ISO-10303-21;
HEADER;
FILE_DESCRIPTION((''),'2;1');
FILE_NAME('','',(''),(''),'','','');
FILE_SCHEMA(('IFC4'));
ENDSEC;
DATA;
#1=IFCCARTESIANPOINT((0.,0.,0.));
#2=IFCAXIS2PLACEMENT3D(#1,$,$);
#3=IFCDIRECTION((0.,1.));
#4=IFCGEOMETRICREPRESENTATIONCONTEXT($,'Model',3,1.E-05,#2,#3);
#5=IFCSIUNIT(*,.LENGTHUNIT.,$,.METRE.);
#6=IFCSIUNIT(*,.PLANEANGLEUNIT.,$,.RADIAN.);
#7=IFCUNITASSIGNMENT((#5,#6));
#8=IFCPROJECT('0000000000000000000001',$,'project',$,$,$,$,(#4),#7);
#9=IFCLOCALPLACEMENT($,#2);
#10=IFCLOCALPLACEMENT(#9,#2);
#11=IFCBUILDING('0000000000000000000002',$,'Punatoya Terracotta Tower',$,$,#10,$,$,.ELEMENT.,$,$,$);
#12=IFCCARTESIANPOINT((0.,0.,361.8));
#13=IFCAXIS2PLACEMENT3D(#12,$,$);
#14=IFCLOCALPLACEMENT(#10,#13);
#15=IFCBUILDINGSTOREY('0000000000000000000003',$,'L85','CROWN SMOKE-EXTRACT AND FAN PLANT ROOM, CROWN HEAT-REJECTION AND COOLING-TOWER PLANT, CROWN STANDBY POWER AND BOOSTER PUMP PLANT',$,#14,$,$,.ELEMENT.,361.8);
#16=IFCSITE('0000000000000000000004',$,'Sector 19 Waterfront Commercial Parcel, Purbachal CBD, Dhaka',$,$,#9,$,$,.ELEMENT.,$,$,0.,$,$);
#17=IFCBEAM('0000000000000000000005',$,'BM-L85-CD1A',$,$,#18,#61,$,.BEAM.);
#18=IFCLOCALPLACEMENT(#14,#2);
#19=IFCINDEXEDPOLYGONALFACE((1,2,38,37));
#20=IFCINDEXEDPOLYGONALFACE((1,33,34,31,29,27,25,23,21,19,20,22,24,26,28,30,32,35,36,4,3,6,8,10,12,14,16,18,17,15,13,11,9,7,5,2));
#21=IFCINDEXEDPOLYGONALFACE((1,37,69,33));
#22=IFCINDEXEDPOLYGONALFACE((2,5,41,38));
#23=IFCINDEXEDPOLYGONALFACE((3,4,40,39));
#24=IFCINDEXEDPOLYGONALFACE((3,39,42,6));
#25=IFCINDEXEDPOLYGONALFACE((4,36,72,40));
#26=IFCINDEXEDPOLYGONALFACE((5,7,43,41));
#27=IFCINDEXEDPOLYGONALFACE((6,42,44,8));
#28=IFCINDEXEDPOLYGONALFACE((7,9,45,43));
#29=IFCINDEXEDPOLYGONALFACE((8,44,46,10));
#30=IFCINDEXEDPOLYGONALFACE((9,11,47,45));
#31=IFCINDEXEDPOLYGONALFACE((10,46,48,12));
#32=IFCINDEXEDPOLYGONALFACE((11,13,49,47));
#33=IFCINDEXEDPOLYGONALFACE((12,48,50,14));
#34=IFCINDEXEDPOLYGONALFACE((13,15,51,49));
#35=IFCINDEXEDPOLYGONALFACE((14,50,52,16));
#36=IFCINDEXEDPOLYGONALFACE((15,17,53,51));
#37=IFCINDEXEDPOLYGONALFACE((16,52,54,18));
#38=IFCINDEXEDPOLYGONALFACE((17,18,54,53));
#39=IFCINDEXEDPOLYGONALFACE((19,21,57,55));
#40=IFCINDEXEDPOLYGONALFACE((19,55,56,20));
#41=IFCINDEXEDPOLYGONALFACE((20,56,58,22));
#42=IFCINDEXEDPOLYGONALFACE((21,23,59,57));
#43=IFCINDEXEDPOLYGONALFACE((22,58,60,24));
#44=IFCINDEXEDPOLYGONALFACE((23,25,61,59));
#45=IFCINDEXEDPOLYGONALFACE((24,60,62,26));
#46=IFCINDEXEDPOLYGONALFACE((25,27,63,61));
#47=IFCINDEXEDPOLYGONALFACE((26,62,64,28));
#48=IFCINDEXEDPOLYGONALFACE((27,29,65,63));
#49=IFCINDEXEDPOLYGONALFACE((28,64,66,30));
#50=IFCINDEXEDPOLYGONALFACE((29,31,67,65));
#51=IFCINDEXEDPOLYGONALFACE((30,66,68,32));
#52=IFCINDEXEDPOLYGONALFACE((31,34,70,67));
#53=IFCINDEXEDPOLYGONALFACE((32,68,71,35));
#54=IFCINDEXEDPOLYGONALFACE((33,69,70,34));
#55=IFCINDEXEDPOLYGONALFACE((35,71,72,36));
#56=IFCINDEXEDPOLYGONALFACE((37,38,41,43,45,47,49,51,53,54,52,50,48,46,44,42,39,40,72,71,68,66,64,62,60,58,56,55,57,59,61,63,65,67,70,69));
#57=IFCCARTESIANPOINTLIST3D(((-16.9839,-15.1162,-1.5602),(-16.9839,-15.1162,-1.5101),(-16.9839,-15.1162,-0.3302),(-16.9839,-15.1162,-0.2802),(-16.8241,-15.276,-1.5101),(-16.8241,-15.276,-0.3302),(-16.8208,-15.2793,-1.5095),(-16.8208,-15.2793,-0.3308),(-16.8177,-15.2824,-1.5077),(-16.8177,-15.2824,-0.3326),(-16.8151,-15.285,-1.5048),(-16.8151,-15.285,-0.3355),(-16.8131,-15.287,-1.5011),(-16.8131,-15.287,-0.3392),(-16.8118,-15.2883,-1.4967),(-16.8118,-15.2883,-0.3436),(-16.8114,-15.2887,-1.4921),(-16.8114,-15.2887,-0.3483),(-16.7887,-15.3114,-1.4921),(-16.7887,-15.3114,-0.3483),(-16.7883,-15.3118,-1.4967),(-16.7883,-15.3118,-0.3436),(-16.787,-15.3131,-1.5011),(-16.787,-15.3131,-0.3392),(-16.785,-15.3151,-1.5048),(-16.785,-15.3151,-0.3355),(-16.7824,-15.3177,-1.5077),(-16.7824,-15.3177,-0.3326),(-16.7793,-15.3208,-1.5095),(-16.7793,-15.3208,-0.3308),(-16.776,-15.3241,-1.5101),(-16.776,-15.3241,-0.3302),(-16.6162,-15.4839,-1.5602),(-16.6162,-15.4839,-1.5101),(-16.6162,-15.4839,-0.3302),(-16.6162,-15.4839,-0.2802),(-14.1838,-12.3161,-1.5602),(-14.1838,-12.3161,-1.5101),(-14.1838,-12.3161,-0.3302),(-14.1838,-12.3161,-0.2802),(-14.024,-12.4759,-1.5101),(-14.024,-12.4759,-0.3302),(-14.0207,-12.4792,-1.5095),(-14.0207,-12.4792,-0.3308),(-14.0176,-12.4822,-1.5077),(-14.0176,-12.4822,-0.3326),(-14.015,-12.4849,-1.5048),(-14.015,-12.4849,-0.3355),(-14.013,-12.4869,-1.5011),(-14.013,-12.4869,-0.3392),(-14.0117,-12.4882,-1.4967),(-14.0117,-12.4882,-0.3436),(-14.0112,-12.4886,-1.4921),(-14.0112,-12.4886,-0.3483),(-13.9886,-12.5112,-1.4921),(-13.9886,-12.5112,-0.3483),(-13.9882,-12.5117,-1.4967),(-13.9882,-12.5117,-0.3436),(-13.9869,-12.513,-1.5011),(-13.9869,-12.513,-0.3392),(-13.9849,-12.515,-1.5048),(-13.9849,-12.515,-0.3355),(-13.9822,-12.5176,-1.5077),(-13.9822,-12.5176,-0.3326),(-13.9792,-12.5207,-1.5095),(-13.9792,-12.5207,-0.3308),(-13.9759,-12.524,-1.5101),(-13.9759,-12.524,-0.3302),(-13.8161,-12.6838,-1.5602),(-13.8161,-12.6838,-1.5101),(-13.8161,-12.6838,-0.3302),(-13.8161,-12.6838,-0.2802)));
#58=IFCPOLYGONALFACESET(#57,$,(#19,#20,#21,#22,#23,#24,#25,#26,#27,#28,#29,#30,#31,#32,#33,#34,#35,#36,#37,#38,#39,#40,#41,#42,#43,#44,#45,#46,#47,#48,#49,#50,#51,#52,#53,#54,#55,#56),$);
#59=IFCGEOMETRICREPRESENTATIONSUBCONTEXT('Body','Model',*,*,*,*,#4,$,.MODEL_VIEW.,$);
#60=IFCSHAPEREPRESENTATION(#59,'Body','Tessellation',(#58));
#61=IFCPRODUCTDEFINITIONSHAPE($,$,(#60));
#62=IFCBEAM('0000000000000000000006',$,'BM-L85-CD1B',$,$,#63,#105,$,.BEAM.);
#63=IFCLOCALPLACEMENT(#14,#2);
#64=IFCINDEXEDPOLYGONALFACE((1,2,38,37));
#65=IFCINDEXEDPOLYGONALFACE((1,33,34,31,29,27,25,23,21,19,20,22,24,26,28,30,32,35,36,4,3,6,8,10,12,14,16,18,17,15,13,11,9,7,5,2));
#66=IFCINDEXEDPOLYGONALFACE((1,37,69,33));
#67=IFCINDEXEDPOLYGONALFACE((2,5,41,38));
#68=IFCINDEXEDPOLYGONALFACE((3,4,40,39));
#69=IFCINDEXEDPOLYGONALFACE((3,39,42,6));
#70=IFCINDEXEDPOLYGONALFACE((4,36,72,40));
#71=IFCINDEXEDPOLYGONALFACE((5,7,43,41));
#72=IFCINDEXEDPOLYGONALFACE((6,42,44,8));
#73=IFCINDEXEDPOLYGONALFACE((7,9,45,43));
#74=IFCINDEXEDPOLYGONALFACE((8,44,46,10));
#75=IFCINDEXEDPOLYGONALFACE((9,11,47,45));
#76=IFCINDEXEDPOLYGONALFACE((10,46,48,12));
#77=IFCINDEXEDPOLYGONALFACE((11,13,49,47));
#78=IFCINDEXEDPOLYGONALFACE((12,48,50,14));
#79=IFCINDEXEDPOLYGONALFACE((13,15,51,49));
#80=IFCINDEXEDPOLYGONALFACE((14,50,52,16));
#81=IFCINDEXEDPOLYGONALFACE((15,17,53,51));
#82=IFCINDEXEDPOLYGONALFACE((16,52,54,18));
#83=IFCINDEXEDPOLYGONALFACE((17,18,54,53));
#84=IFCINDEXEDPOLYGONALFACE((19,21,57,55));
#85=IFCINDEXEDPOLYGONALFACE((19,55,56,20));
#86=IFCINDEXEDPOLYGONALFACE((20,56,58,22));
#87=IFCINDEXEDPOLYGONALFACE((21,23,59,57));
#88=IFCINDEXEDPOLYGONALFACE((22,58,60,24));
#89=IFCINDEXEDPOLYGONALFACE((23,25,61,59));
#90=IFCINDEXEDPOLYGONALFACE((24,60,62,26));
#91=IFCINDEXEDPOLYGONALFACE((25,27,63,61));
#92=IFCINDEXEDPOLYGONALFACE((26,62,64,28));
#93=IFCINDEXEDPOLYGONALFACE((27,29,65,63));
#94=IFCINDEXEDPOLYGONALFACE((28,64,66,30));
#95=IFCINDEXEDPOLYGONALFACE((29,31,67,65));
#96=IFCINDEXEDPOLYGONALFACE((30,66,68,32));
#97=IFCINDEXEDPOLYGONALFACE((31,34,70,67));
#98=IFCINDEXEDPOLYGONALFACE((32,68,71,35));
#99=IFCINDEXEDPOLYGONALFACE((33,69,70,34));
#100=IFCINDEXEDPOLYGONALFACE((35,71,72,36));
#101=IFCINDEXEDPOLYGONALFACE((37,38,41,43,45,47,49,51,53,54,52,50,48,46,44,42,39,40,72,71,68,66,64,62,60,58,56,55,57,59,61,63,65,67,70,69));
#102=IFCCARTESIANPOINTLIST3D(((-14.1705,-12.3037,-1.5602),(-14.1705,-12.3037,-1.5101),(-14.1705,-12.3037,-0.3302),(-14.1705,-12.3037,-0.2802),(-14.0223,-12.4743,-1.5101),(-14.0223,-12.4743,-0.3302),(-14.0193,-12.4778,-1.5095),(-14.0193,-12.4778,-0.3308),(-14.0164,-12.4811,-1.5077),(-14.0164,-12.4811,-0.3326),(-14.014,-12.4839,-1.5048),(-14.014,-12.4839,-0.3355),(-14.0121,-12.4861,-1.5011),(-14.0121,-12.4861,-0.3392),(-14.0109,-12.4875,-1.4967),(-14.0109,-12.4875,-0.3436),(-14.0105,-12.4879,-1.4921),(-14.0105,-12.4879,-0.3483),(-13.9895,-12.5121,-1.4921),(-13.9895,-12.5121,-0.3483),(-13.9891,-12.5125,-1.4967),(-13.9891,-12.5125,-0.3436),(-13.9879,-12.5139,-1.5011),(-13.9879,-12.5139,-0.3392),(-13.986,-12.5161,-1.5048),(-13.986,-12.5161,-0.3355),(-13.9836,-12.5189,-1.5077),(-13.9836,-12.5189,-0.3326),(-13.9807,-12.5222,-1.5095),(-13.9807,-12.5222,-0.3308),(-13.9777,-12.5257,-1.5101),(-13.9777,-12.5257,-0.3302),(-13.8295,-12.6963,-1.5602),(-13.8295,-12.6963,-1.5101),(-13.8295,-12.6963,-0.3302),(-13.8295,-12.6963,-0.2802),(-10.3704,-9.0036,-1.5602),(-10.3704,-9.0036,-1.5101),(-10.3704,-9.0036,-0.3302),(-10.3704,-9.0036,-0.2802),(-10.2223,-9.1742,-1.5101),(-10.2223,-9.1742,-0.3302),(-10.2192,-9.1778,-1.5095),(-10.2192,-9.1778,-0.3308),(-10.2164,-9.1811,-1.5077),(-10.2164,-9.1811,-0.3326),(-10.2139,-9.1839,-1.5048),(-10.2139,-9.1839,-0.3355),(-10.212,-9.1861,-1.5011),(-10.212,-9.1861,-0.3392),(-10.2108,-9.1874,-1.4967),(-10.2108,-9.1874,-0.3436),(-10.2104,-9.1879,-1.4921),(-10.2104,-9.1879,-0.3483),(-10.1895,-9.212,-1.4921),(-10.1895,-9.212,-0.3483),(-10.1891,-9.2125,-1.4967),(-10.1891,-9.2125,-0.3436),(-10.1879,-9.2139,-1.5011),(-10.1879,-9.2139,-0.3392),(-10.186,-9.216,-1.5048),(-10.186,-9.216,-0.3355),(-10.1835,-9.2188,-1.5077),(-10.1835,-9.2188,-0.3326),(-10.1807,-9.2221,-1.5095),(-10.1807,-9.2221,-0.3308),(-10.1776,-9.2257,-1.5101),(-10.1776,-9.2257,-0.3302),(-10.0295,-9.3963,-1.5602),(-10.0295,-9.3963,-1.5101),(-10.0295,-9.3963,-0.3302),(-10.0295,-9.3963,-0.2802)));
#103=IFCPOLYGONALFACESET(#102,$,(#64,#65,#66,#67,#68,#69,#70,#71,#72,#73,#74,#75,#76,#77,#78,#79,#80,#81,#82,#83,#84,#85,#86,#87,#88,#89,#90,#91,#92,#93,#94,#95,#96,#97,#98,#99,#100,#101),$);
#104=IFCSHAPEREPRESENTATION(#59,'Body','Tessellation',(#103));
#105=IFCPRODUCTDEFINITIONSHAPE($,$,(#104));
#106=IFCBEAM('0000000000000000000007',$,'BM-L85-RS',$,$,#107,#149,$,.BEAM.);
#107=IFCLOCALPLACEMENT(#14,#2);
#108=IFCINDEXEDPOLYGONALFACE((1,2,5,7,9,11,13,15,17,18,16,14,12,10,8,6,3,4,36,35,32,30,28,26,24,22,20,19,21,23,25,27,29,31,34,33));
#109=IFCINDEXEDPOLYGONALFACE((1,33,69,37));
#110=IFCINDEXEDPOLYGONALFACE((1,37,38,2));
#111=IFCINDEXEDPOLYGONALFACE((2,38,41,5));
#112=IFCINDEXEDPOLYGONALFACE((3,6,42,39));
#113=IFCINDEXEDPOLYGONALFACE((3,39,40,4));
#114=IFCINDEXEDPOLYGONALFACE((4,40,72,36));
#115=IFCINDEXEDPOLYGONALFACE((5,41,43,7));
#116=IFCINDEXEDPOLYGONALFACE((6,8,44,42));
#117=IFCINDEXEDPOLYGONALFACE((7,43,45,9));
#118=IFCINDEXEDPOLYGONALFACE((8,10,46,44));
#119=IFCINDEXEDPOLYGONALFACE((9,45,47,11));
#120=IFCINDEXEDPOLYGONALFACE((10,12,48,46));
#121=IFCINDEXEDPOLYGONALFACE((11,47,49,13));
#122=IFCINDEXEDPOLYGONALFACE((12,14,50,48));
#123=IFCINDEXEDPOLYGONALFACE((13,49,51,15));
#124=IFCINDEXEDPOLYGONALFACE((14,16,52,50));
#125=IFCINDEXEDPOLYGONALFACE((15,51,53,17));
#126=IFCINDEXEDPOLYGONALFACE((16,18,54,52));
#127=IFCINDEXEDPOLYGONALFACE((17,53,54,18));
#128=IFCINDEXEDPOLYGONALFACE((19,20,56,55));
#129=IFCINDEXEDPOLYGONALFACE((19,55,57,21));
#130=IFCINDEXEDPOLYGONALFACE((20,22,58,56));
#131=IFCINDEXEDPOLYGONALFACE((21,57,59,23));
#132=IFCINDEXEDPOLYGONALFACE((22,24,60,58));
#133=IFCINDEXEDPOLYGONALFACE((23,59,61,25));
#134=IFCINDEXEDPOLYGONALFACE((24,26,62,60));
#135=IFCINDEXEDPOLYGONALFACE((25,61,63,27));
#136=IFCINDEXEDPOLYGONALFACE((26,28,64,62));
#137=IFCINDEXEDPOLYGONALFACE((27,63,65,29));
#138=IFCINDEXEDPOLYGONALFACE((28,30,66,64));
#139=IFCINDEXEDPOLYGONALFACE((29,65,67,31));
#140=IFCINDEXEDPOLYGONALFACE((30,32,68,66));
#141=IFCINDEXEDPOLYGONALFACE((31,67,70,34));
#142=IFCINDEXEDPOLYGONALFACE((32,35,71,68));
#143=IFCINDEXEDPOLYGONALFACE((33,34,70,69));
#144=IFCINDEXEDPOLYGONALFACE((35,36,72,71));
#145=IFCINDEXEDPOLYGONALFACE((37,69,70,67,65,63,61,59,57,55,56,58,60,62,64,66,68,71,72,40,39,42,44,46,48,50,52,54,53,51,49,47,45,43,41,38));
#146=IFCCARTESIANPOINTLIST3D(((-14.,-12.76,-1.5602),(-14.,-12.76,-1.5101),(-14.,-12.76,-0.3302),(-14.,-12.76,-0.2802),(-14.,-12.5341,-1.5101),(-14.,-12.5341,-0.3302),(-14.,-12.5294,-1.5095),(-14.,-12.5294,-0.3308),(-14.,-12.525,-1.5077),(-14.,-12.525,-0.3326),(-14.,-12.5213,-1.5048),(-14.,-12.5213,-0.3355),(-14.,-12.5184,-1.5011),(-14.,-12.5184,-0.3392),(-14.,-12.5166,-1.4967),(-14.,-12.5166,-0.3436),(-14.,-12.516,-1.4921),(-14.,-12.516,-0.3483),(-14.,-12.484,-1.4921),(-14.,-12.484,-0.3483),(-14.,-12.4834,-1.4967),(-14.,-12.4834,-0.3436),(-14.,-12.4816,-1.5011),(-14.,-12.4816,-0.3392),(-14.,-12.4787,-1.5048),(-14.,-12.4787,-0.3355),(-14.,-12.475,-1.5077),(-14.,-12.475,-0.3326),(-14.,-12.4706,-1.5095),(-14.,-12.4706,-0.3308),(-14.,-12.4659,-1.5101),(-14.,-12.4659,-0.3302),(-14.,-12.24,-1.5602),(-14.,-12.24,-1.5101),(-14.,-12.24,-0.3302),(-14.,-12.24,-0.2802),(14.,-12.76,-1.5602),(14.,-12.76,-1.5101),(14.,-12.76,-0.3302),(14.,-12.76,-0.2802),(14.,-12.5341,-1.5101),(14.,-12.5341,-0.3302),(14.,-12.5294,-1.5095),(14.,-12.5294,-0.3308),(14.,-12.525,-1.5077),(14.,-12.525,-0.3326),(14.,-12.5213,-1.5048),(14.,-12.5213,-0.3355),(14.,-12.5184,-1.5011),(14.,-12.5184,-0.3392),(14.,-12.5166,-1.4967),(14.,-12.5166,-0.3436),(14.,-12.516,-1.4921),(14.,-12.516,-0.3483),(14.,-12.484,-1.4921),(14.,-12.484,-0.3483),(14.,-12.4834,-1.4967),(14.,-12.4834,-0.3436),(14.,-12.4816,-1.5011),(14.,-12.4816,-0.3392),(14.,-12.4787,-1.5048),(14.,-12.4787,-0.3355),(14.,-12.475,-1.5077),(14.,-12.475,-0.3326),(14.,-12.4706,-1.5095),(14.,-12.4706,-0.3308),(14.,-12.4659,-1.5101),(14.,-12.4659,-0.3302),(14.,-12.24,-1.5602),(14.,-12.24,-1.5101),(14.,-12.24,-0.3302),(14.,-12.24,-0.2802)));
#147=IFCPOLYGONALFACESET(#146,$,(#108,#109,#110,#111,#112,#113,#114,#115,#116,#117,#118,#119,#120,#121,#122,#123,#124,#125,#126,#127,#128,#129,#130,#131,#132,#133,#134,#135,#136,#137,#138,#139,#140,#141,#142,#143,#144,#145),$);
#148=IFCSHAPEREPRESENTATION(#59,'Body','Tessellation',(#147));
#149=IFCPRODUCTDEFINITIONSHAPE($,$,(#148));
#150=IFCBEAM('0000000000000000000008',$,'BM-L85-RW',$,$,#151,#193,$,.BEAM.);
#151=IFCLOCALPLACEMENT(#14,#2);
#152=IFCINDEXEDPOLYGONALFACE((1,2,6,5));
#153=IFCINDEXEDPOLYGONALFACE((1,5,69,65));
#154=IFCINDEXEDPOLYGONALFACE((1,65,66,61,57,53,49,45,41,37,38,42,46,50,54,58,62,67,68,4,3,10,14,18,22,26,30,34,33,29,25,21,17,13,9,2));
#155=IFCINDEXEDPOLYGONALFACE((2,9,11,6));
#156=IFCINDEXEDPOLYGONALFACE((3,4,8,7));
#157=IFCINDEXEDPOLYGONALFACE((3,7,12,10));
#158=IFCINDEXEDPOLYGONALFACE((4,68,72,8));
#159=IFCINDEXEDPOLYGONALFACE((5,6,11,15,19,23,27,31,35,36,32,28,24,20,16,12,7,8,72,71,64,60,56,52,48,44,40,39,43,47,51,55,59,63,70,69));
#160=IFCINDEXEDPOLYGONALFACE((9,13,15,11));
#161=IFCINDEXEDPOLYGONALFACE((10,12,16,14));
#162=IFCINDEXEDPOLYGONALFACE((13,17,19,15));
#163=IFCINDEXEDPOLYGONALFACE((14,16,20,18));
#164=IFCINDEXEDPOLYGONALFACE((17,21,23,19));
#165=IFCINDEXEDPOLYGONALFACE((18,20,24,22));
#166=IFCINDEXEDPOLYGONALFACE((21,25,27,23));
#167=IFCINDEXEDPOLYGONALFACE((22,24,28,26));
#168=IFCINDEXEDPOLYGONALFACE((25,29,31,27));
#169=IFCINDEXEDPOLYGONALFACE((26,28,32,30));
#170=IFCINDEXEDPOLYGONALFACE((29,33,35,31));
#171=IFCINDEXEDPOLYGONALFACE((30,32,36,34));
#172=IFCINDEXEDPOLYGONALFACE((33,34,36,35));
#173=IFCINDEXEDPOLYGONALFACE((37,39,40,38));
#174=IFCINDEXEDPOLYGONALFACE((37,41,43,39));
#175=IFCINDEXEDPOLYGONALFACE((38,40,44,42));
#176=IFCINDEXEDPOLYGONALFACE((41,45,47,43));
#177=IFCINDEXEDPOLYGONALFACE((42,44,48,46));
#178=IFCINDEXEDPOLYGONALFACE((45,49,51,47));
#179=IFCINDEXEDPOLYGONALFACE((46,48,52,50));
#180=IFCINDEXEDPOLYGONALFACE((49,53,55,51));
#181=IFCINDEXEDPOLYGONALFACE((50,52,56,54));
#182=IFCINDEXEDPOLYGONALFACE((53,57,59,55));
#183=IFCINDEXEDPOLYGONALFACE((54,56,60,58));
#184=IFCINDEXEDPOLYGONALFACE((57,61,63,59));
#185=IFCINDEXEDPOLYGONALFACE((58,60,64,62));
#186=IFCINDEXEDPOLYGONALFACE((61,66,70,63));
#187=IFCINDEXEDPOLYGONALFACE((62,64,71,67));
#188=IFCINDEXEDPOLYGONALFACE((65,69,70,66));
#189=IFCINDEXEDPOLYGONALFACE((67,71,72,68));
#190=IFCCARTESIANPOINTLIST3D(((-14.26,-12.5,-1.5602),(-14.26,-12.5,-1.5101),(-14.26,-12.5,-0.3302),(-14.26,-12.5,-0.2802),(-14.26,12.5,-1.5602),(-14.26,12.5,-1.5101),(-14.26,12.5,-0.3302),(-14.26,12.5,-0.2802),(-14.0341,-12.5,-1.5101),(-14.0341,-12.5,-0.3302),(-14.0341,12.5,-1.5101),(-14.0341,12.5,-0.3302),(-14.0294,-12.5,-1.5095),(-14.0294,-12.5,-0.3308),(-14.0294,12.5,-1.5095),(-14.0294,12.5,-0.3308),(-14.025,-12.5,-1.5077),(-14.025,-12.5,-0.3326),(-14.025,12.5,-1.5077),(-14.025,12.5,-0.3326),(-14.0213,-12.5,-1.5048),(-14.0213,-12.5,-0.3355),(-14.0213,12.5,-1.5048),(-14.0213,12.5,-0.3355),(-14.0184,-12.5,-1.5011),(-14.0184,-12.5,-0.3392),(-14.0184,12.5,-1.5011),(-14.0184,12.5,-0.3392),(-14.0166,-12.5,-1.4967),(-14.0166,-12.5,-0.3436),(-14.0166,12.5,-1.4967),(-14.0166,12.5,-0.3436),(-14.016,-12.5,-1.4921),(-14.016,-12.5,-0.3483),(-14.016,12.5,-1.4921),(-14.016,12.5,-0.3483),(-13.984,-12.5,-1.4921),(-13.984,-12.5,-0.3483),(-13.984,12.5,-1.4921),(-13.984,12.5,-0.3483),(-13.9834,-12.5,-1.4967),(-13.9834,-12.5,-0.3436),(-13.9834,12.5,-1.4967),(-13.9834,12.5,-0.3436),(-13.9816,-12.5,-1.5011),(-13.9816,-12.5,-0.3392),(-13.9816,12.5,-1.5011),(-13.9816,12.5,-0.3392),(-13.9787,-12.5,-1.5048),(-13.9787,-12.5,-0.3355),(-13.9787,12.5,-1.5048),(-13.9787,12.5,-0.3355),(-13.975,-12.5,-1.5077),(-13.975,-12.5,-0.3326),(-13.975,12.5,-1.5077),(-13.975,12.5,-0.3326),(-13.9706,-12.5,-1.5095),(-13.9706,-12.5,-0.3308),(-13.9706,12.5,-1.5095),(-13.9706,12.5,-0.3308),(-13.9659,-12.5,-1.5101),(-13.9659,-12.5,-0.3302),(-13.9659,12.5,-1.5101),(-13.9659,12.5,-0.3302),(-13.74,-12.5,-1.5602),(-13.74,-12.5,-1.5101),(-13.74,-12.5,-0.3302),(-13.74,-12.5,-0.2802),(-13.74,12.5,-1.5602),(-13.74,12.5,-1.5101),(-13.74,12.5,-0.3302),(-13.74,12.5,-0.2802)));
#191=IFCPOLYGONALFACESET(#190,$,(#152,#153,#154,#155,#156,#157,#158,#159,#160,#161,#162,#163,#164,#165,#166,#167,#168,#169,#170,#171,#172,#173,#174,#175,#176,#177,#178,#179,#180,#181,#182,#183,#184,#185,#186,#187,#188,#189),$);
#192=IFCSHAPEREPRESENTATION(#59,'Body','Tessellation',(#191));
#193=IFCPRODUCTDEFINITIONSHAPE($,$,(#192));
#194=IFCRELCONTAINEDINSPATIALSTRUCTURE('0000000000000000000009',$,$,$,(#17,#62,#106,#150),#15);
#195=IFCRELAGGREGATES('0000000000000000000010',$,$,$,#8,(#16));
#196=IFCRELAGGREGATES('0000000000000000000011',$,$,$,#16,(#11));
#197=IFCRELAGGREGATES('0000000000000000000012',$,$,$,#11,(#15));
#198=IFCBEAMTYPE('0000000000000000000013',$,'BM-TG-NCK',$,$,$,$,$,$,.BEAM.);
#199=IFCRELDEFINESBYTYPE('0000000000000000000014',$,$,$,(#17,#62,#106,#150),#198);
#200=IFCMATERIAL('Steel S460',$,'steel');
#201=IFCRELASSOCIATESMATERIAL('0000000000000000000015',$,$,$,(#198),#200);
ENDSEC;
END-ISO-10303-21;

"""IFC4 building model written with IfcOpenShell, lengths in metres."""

from ifc_helpers import new_model, si_unit, direction, frame, origin, origin_2d, place, context, subcontext, project, spatial, i_section, extrude, material, material_profile, profile_set, type_object, element, save


model = new_model("IFC4")

# Units and contexts
model_context = context("Model", 3, precision=1e-05, world=origin(), true_north=direction((0.0, 1.0)))
body_context = subcontext(model_context, "Body", "Model", "MODEL_VIEW")
ifc_project = project(units=[si_unit("LENGTHUNIT", "METRE"), si_unit("PLANEANGLEUNIT", "RADIAN")], contexts=[model_context])

# Site, building, storey
site_placement = place(None, origin())
site = spatial("IfcSite", under=ifc_project, at=site_placement, Name="Sector 19 Waterfront Commercial Parcel, Purbachal CBD, Dhaka", CompositionType="ELEMENT", RefElevation=0.0)
building_placement = place(site_placement, origin())
building = spatial("IfcBuilding", under=site, at=building_placement, Name="Punatoya Terracotta Tower", CompositionType="ELEMENT")
storey_placement = place(building_placement, frame((0.0, 0.0, 361.8)))
storey = spatial("IfcBuildingStorey", under=building, at=storey_placement, Name="L85", Description="CROWN SMOKE-EXTRACT AND FAN PLANT ROOM, CROWN HEAT-REJECTION AND COOLING-TOWER PLANT, CROWN STANDBY POWER AND BOOSTER PUMP PLANT", CompositionType="ELEMENT", Elevation=361.8)

# Beams
ifc_material_1 = material(Name="Steel S460", Category="steel")
ifc_material_profile_1 = material_profile(ifc_material_1, i_section(OverallWidth=0.52, OverallDepth=1.28, WebThickness=0.032, FlangeThickness=0.05, FilletRadius=0.0181, at=origin_2d()))
ifc_profile_set_1 = profile_set([ifc_material_profile_1], Name="Steel S460")
beam_type_1 = type_object("IfcBeamType", Name="BM-TG-NCK", PredefinedType="BEAM", material=ifc_profile_set_1)
beam_1_placement = place(storey_placement, frame((-16.8, -15.3, -0.9202), z_axis=(0.707107, 0.707107, 0.0), x_axis=(-0.707107, 0.707107, 0.0)))
element("IfcBeam", 1, at=beam_1_placement, inside=storey, type_object=beam_type_1, Name="BM-L85-CD1A", PredefinedType="BEAM", context=body_context, shape_type="SweptSolid", body=[
    extrude(i_section(OverallWidth=0.52, OverallDepth=1.28, WebThickness=0.032, FlangeThickness=0.05, FilletRadius=0.0181, at=origin_2d()), origin(), (0.0, 0.0, 1.0), 3.96),
])
beam_2_placement = place(storey_placement, frame((-14.0, -12.5, -0.9202), z_axis=(0.755032, 0.655687, 0.0), x_axis=(-0.655687, 0.755032, 0.0)))
element("IfcBeam", 2, at=beam_2_placement, inside=storey, type_object=beam_type_1, Name="BM-L85-CD1B", PredefinedType="BEAM", context=body_context, shape_type="SweptSolid", body=[
    extrude(i_section(OverallWidth=0.52, OverallDepth=1.28, WebThickness=0.032, FlangeThickness=0.05, FilletRadius=0.0181, at=origin_2d()), origin(), (0.0, 0.0, 1.0), 5.033),
])
beam_3_placement = place(storey_placement, frame((-14.0, -12.5, -0.9202), z_axis=(1.0, 0.0, 0.0), x_axis=(0.0, 1.0, 0.0)))
element("IfcBeam", 3, at=beam_3_placement, inside=storey, type_object=beam_type_1, Name="BM-L85-RS", PredefinedType="BEAM", context=body_context, shape_type="SweptSolid", body=[
    extrude(i_section(OverallWidth=0.52, OverallDepth=1.28, WebThickness=0.032, FlangeThickness=0.05, FilletRadius=0.0181, at=origin_2d()), origin(), (0.0, 0.0, 1.0), 28.0),
])
beam_4_placement = place(storey_placement, frame((-14.0, -12.5, -0.9202), z_axis=(0.0, 1.0, 0.0), x_axis=(-1.0, 0.0, 0.0)))
element("IfcBeam", 4, at=beam_4_placement, inside=storey, type_object=beam_type_1, Name="BM-L85-RW", PredefinedType="BEAM", context=body_context, shape_type="SweptSolid", body=[
    extrude(i_section(OverallWidth=0.52, OverallDepth=1.28, WebThickness=0.032, FlangeThickness=0.05, FilletRadius=0.0181, at=origin_2d()), origin(), (0.0, 0.0, 1.0), 25.0),
])

save(model, "model.ifc")
